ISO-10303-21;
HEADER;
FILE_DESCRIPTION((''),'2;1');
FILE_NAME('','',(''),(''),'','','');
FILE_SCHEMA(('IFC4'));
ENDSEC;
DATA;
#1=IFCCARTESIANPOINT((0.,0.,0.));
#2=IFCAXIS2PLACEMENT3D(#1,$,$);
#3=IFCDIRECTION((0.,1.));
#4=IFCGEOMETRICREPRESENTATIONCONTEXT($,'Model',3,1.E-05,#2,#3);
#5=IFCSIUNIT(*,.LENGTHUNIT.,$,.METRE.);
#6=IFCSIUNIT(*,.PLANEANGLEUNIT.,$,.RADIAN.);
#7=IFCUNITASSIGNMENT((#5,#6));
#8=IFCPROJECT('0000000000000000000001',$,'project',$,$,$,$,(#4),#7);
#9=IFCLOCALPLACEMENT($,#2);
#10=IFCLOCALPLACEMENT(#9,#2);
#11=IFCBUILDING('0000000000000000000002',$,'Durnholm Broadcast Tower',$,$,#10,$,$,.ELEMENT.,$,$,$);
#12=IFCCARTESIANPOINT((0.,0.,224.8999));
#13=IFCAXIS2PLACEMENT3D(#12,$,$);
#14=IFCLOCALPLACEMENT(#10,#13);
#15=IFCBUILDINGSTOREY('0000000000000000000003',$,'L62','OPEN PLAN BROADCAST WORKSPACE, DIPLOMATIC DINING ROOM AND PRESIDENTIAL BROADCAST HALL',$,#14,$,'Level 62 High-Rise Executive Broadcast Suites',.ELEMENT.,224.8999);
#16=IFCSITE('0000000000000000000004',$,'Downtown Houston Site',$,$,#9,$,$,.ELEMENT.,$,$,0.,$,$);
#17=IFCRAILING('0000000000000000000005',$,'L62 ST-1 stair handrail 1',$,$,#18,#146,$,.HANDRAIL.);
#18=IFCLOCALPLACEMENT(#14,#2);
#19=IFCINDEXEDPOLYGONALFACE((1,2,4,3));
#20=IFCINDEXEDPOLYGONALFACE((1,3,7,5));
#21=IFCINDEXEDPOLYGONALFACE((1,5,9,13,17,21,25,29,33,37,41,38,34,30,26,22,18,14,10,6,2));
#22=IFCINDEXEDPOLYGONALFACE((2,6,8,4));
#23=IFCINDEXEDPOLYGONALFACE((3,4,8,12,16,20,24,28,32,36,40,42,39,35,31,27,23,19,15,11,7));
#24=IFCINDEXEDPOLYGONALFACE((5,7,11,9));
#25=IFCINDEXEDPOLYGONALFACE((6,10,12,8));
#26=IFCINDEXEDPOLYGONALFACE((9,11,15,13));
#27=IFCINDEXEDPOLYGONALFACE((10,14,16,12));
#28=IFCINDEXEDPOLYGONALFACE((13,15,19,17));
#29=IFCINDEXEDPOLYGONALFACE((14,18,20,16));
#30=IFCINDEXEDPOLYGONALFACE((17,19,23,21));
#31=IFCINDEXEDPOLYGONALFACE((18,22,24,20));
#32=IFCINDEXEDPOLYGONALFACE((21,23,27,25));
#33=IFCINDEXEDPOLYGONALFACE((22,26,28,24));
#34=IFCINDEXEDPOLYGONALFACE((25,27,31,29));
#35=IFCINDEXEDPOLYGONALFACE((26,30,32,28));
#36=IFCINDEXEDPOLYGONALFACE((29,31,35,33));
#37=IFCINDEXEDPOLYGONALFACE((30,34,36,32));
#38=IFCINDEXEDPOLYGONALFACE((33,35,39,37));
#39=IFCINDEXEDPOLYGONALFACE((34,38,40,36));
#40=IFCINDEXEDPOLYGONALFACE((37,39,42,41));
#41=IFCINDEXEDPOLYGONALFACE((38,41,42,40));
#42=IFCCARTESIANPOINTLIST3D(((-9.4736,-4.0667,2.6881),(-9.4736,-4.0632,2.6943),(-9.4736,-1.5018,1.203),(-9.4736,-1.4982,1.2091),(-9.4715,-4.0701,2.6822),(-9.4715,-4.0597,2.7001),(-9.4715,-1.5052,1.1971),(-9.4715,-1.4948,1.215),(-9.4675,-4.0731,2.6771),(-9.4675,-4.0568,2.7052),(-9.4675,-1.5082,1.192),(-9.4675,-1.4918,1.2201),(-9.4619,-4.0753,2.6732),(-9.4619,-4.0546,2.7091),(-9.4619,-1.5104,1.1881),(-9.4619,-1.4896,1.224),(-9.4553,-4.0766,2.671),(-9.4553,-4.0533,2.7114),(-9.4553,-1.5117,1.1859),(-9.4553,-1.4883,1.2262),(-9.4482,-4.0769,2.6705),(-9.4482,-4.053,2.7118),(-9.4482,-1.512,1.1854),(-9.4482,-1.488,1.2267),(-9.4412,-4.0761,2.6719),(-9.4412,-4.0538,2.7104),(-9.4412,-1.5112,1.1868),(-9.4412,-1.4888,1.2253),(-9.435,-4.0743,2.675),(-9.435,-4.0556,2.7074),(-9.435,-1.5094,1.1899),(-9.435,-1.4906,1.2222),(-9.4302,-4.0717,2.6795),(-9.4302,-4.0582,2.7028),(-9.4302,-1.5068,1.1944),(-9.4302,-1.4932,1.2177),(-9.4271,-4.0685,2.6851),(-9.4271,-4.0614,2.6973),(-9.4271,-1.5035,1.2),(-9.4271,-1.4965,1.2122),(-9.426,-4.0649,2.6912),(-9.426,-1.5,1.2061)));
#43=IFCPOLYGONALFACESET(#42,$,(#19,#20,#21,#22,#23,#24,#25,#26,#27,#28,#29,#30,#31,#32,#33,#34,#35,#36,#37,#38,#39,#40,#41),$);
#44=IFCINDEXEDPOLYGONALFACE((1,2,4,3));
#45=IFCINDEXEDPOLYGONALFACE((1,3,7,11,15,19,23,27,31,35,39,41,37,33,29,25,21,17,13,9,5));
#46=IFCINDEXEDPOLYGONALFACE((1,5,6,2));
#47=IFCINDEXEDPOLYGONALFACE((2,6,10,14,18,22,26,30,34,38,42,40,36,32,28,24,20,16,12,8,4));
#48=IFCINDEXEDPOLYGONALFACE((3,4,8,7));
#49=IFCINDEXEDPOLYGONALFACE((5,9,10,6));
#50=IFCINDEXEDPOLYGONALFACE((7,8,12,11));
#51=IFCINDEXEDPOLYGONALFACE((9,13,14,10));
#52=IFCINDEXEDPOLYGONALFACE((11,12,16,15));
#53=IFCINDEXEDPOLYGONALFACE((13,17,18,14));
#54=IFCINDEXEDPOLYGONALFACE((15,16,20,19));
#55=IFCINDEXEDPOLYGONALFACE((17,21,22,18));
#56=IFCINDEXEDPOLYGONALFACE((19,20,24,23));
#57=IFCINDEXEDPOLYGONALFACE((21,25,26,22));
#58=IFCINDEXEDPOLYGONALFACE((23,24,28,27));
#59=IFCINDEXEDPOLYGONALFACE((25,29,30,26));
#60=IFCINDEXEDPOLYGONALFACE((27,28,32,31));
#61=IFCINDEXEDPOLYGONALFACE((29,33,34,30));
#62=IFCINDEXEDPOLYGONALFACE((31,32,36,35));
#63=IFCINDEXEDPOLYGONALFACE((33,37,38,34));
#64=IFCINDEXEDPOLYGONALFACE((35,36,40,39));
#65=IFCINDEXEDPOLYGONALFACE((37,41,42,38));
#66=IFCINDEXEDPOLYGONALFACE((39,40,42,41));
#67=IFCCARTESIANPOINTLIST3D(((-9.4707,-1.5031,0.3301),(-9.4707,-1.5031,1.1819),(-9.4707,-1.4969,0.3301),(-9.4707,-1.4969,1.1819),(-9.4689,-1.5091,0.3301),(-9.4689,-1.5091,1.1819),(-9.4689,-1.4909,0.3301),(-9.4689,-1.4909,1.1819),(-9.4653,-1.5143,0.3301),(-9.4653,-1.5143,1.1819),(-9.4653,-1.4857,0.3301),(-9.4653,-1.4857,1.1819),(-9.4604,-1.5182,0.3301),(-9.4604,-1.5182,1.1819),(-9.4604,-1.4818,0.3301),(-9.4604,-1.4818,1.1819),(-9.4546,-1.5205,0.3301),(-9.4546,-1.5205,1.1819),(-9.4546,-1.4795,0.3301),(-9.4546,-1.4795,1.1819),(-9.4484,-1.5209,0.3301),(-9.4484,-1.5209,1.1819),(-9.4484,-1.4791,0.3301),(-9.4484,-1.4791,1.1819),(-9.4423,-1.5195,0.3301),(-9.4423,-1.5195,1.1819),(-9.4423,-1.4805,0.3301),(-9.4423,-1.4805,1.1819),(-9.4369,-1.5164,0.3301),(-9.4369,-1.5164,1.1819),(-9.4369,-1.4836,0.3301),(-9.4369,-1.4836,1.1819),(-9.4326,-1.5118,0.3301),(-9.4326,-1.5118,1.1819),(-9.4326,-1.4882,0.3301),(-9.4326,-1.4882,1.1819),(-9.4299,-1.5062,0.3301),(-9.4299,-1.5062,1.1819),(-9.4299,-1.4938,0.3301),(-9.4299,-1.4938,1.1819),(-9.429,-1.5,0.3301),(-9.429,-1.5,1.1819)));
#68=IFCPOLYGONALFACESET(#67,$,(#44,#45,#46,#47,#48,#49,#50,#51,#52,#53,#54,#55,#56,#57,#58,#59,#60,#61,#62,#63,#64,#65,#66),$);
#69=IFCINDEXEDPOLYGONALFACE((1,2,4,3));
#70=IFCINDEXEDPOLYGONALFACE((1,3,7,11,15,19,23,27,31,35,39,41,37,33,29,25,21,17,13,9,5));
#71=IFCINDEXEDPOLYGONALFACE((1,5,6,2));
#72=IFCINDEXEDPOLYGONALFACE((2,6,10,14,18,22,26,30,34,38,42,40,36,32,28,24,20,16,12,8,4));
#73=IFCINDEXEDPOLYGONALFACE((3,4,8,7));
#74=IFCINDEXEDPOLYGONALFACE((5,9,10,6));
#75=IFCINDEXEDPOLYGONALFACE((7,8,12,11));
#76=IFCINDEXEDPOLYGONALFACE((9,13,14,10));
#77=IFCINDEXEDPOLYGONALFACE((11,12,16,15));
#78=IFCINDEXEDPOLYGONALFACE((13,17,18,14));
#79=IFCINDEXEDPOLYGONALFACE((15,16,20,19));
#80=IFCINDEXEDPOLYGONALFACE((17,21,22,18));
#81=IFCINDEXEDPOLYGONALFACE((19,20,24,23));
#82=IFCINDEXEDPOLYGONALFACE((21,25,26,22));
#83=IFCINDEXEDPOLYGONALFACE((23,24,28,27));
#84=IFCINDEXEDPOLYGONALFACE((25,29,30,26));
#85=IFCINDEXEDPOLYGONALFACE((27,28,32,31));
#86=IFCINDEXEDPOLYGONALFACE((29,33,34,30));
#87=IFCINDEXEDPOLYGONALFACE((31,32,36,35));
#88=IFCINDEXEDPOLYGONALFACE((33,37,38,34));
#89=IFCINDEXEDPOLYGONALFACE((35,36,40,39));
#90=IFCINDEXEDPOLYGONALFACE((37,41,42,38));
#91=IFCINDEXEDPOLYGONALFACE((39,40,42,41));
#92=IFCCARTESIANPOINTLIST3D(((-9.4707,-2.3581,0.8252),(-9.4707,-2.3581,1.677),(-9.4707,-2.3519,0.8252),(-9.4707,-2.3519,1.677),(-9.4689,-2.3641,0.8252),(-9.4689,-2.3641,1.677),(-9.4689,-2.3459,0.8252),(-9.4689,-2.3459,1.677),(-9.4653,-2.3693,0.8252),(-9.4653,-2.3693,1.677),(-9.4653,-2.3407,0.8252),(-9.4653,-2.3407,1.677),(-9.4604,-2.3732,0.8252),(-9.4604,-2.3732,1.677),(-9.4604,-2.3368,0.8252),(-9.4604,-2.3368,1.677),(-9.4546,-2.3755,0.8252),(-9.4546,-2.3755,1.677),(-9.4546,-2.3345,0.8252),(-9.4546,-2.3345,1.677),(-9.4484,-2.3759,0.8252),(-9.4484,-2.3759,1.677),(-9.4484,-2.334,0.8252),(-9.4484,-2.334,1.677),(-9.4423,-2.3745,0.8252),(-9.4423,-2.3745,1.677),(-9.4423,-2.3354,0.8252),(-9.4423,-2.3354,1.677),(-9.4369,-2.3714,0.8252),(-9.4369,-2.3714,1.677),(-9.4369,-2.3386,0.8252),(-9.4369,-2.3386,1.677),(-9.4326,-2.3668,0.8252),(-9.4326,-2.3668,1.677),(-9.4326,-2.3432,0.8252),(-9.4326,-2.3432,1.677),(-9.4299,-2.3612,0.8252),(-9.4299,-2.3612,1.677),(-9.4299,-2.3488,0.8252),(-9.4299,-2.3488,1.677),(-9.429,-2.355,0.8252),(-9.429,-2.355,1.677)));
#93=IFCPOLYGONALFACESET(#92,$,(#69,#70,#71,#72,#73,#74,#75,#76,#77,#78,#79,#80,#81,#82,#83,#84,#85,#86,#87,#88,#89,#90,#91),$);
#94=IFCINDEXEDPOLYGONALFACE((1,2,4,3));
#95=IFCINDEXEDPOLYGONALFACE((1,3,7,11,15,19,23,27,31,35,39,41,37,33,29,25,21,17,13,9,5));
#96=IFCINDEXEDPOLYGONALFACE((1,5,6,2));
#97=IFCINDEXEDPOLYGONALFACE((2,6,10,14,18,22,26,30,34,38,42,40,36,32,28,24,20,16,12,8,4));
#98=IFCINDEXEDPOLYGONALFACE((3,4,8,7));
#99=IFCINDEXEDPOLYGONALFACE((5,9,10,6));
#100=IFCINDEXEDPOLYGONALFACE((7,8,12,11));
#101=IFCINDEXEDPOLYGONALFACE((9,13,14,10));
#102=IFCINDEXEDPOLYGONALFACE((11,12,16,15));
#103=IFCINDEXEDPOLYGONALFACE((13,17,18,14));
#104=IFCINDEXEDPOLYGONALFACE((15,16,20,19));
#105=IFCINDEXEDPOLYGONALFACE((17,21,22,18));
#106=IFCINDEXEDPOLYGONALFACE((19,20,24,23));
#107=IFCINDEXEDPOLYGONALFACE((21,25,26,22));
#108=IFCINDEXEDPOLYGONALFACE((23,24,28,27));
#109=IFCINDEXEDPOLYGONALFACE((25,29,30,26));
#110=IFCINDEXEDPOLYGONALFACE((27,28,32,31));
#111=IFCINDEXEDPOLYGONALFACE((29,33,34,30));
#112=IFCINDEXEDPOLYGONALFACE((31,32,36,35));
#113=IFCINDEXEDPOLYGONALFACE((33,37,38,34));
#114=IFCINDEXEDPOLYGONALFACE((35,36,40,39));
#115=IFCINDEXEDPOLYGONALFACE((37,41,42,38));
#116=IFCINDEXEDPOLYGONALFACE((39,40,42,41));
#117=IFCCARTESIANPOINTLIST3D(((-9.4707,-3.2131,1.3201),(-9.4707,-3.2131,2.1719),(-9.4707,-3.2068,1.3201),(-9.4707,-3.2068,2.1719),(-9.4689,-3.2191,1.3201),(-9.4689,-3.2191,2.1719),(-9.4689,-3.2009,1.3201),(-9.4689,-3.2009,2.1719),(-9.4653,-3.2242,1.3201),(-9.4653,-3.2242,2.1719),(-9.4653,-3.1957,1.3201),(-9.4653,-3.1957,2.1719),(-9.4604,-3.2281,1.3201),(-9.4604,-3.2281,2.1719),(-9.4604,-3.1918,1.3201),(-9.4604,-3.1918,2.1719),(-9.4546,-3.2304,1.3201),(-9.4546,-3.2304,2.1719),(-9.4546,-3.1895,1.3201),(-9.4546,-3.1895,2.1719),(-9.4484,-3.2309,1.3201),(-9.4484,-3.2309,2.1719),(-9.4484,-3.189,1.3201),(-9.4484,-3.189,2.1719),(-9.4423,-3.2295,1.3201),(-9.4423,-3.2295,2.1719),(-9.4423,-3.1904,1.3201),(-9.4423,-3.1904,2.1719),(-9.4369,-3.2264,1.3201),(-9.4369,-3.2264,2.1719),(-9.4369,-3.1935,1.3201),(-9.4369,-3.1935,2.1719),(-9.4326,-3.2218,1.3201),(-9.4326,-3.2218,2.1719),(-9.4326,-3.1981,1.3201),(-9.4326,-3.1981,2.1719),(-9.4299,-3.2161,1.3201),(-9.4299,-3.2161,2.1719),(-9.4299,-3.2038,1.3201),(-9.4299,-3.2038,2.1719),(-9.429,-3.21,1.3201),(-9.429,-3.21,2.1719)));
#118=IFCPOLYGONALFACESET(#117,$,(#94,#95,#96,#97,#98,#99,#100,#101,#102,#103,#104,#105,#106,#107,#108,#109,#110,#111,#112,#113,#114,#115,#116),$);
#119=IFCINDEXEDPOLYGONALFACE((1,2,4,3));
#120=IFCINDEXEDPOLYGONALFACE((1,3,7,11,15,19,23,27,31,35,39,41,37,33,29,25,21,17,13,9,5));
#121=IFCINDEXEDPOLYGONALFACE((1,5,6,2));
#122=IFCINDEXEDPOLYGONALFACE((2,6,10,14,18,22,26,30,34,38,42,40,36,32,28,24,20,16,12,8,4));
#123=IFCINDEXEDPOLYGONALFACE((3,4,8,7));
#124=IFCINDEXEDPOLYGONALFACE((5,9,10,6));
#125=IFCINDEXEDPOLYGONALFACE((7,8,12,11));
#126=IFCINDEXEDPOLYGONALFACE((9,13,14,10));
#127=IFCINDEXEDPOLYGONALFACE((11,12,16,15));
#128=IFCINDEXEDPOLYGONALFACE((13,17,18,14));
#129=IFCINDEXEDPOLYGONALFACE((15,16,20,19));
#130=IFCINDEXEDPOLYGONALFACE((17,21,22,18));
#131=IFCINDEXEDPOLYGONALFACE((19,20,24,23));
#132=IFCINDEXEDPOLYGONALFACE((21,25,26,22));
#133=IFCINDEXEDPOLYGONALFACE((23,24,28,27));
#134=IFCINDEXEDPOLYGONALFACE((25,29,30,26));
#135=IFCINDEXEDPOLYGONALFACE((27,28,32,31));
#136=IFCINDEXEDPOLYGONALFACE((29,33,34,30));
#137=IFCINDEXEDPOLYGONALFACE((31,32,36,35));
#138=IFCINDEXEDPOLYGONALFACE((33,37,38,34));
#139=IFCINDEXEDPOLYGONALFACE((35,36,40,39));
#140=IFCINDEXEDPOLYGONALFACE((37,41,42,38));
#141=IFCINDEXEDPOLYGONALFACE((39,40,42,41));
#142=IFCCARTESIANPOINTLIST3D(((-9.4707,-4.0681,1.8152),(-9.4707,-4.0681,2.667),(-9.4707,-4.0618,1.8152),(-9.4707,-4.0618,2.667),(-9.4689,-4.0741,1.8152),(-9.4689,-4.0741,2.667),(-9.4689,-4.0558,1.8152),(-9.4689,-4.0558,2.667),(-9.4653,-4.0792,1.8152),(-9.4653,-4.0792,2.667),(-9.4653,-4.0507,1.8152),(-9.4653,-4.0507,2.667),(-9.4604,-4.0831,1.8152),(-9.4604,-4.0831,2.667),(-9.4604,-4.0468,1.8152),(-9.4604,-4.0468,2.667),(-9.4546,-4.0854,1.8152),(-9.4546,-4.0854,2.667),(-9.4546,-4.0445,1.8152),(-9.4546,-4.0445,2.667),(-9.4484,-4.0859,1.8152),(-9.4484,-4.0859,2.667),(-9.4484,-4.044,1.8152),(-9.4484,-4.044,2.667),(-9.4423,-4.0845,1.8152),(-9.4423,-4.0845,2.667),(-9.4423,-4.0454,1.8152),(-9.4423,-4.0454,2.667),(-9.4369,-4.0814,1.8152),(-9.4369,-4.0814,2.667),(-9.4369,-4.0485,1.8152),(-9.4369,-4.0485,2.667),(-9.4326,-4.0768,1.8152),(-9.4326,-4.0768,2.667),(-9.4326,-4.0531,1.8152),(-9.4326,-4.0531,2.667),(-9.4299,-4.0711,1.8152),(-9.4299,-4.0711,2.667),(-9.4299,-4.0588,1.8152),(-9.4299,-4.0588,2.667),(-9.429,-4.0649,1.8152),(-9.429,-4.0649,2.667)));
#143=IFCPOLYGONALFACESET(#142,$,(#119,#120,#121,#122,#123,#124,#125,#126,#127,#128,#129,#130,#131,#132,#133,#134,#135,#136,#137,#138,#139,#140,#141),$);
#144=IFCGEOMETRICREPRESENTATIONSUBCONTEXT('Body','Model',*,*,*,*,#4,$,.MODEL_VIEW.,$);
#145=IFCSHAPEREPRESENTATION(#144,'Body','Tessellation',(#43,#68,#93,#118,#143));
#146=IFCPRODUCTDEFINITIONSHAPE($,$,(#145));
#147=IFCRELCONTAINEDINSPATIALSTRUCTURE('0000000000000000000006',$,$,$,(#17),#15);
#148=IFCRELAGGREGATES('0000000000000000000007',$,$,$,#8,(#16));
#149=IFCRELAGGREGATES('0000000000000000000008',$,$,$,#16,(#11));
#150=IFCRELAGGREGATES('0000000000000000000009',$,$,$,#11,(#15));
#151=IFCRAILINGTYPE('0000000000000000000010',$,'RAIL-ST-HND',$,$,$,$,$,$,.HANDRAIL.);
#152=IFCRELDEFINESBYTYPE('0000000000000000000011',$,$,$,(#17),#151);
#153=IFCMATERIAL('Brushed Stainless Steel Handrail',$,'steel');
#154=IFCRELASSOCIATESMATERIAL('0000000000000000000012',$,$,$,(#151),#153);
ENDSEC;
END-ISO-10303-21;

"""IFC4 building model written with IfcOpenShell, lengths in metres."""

from ifc_helpers import new_model, si_unit, direction, frame, origin, origin_2d, place, context, subcontext, project, spatial, circle, extrude, material, type_object, element, save


model = new_model("IFC4")

# Units and contexts
model_context = context("Model", 3, precision=1e-05, world=origin(), true_north=direction((0.0, 1.0)))
body_context = subcontext(model_context, "Body", "Model", "MODEL_VIEW")
ifc_project = project(units=[si_unit("LENGTHUNIT", "METRE"), si_unit("PLANEANGLEUNIT", "RADIAN")], contexts=[model_context])

# Site, building, storey
site_placement = place(None, origin())
site = spatial("IfcSite", under=ifc_project, at=site_placement, Name="Downtown Houston Site", CompositionType="ELEMENT", RefElevation=0.0)
building_placement = place(site_placement, origin())
building = spatial("IfcBuilding", under=site, at=building_placement, Name="Durnholm Broadcast Tower", CompositionType="ELEMENT")
storey_placement = place(building_placement, frame((0.0, 0.0, 224.8999)))
storey = spatial("IfcBuildingStorey", under=building, at=storey_placement, Name="L62", Description="OPEN PLAN BROADCAST WORKSPACE, DIPLOMATIC DINING ROOM AND PRESIDENTIAL BROADCAST HALL", LongName="Level 62 High-Rise Executive Broadcast Suites", CompositionType="ELEMENT", Elevation=224.8999)

# Railing
ifc_material_1 = material(Name="Brushed Stainless Steel Handrail", Category="steel")
railing_type_1 = type_object("IfcRailingType", Name="RAIL-ST-HND", PredefinedType="HANDRAIL", material=ifc_material_1)
railing_1_placement = place(storey_placement, frame((-9.45, -1.5, 0.3301)))
element("IfcRailing", 1, at=railing_1_placement, inside=storey, type_object=railing_type_1, Name="L62 ST-1 stair handrail 1", PredefinedType="HANDRAIL", context=body_context, shape_type="SweptSolid", body=[
    extrude(circle(Radius=0.0239, at=origin_2d()), frame((0.0, 0.0, 0.876), z_axis=(0.0, -0.865406, 0.501072), x_axis=(1.0, 0.0, 0.0)), (0.0, 0.0, 1.0), 2.9639),
    extrude(circle(Radius=0.021, at=origin_2d()), origin(), (0.0, 0.0, 1.0), 0.8518),
    extrude(circle(Radius=0.021, at=origin_2d()), frame((0.0, -0.855, 0.4951)), (0.0, 0.0, 1.0), 0.8518),
    extrude(circle(Radius=0.021, at=origin_2d()), frame((0.0, -1.71, 0.99)), (0.0, 0.0, 1.0), 0.8518),
    extrude(circle(Radius=0.021, at=origin_2d()), frame((0.0, -2.5649, 1.4851)), (0.0, 0.0, 1.0), 0.8518),
])

save(model, "model.ifc")
